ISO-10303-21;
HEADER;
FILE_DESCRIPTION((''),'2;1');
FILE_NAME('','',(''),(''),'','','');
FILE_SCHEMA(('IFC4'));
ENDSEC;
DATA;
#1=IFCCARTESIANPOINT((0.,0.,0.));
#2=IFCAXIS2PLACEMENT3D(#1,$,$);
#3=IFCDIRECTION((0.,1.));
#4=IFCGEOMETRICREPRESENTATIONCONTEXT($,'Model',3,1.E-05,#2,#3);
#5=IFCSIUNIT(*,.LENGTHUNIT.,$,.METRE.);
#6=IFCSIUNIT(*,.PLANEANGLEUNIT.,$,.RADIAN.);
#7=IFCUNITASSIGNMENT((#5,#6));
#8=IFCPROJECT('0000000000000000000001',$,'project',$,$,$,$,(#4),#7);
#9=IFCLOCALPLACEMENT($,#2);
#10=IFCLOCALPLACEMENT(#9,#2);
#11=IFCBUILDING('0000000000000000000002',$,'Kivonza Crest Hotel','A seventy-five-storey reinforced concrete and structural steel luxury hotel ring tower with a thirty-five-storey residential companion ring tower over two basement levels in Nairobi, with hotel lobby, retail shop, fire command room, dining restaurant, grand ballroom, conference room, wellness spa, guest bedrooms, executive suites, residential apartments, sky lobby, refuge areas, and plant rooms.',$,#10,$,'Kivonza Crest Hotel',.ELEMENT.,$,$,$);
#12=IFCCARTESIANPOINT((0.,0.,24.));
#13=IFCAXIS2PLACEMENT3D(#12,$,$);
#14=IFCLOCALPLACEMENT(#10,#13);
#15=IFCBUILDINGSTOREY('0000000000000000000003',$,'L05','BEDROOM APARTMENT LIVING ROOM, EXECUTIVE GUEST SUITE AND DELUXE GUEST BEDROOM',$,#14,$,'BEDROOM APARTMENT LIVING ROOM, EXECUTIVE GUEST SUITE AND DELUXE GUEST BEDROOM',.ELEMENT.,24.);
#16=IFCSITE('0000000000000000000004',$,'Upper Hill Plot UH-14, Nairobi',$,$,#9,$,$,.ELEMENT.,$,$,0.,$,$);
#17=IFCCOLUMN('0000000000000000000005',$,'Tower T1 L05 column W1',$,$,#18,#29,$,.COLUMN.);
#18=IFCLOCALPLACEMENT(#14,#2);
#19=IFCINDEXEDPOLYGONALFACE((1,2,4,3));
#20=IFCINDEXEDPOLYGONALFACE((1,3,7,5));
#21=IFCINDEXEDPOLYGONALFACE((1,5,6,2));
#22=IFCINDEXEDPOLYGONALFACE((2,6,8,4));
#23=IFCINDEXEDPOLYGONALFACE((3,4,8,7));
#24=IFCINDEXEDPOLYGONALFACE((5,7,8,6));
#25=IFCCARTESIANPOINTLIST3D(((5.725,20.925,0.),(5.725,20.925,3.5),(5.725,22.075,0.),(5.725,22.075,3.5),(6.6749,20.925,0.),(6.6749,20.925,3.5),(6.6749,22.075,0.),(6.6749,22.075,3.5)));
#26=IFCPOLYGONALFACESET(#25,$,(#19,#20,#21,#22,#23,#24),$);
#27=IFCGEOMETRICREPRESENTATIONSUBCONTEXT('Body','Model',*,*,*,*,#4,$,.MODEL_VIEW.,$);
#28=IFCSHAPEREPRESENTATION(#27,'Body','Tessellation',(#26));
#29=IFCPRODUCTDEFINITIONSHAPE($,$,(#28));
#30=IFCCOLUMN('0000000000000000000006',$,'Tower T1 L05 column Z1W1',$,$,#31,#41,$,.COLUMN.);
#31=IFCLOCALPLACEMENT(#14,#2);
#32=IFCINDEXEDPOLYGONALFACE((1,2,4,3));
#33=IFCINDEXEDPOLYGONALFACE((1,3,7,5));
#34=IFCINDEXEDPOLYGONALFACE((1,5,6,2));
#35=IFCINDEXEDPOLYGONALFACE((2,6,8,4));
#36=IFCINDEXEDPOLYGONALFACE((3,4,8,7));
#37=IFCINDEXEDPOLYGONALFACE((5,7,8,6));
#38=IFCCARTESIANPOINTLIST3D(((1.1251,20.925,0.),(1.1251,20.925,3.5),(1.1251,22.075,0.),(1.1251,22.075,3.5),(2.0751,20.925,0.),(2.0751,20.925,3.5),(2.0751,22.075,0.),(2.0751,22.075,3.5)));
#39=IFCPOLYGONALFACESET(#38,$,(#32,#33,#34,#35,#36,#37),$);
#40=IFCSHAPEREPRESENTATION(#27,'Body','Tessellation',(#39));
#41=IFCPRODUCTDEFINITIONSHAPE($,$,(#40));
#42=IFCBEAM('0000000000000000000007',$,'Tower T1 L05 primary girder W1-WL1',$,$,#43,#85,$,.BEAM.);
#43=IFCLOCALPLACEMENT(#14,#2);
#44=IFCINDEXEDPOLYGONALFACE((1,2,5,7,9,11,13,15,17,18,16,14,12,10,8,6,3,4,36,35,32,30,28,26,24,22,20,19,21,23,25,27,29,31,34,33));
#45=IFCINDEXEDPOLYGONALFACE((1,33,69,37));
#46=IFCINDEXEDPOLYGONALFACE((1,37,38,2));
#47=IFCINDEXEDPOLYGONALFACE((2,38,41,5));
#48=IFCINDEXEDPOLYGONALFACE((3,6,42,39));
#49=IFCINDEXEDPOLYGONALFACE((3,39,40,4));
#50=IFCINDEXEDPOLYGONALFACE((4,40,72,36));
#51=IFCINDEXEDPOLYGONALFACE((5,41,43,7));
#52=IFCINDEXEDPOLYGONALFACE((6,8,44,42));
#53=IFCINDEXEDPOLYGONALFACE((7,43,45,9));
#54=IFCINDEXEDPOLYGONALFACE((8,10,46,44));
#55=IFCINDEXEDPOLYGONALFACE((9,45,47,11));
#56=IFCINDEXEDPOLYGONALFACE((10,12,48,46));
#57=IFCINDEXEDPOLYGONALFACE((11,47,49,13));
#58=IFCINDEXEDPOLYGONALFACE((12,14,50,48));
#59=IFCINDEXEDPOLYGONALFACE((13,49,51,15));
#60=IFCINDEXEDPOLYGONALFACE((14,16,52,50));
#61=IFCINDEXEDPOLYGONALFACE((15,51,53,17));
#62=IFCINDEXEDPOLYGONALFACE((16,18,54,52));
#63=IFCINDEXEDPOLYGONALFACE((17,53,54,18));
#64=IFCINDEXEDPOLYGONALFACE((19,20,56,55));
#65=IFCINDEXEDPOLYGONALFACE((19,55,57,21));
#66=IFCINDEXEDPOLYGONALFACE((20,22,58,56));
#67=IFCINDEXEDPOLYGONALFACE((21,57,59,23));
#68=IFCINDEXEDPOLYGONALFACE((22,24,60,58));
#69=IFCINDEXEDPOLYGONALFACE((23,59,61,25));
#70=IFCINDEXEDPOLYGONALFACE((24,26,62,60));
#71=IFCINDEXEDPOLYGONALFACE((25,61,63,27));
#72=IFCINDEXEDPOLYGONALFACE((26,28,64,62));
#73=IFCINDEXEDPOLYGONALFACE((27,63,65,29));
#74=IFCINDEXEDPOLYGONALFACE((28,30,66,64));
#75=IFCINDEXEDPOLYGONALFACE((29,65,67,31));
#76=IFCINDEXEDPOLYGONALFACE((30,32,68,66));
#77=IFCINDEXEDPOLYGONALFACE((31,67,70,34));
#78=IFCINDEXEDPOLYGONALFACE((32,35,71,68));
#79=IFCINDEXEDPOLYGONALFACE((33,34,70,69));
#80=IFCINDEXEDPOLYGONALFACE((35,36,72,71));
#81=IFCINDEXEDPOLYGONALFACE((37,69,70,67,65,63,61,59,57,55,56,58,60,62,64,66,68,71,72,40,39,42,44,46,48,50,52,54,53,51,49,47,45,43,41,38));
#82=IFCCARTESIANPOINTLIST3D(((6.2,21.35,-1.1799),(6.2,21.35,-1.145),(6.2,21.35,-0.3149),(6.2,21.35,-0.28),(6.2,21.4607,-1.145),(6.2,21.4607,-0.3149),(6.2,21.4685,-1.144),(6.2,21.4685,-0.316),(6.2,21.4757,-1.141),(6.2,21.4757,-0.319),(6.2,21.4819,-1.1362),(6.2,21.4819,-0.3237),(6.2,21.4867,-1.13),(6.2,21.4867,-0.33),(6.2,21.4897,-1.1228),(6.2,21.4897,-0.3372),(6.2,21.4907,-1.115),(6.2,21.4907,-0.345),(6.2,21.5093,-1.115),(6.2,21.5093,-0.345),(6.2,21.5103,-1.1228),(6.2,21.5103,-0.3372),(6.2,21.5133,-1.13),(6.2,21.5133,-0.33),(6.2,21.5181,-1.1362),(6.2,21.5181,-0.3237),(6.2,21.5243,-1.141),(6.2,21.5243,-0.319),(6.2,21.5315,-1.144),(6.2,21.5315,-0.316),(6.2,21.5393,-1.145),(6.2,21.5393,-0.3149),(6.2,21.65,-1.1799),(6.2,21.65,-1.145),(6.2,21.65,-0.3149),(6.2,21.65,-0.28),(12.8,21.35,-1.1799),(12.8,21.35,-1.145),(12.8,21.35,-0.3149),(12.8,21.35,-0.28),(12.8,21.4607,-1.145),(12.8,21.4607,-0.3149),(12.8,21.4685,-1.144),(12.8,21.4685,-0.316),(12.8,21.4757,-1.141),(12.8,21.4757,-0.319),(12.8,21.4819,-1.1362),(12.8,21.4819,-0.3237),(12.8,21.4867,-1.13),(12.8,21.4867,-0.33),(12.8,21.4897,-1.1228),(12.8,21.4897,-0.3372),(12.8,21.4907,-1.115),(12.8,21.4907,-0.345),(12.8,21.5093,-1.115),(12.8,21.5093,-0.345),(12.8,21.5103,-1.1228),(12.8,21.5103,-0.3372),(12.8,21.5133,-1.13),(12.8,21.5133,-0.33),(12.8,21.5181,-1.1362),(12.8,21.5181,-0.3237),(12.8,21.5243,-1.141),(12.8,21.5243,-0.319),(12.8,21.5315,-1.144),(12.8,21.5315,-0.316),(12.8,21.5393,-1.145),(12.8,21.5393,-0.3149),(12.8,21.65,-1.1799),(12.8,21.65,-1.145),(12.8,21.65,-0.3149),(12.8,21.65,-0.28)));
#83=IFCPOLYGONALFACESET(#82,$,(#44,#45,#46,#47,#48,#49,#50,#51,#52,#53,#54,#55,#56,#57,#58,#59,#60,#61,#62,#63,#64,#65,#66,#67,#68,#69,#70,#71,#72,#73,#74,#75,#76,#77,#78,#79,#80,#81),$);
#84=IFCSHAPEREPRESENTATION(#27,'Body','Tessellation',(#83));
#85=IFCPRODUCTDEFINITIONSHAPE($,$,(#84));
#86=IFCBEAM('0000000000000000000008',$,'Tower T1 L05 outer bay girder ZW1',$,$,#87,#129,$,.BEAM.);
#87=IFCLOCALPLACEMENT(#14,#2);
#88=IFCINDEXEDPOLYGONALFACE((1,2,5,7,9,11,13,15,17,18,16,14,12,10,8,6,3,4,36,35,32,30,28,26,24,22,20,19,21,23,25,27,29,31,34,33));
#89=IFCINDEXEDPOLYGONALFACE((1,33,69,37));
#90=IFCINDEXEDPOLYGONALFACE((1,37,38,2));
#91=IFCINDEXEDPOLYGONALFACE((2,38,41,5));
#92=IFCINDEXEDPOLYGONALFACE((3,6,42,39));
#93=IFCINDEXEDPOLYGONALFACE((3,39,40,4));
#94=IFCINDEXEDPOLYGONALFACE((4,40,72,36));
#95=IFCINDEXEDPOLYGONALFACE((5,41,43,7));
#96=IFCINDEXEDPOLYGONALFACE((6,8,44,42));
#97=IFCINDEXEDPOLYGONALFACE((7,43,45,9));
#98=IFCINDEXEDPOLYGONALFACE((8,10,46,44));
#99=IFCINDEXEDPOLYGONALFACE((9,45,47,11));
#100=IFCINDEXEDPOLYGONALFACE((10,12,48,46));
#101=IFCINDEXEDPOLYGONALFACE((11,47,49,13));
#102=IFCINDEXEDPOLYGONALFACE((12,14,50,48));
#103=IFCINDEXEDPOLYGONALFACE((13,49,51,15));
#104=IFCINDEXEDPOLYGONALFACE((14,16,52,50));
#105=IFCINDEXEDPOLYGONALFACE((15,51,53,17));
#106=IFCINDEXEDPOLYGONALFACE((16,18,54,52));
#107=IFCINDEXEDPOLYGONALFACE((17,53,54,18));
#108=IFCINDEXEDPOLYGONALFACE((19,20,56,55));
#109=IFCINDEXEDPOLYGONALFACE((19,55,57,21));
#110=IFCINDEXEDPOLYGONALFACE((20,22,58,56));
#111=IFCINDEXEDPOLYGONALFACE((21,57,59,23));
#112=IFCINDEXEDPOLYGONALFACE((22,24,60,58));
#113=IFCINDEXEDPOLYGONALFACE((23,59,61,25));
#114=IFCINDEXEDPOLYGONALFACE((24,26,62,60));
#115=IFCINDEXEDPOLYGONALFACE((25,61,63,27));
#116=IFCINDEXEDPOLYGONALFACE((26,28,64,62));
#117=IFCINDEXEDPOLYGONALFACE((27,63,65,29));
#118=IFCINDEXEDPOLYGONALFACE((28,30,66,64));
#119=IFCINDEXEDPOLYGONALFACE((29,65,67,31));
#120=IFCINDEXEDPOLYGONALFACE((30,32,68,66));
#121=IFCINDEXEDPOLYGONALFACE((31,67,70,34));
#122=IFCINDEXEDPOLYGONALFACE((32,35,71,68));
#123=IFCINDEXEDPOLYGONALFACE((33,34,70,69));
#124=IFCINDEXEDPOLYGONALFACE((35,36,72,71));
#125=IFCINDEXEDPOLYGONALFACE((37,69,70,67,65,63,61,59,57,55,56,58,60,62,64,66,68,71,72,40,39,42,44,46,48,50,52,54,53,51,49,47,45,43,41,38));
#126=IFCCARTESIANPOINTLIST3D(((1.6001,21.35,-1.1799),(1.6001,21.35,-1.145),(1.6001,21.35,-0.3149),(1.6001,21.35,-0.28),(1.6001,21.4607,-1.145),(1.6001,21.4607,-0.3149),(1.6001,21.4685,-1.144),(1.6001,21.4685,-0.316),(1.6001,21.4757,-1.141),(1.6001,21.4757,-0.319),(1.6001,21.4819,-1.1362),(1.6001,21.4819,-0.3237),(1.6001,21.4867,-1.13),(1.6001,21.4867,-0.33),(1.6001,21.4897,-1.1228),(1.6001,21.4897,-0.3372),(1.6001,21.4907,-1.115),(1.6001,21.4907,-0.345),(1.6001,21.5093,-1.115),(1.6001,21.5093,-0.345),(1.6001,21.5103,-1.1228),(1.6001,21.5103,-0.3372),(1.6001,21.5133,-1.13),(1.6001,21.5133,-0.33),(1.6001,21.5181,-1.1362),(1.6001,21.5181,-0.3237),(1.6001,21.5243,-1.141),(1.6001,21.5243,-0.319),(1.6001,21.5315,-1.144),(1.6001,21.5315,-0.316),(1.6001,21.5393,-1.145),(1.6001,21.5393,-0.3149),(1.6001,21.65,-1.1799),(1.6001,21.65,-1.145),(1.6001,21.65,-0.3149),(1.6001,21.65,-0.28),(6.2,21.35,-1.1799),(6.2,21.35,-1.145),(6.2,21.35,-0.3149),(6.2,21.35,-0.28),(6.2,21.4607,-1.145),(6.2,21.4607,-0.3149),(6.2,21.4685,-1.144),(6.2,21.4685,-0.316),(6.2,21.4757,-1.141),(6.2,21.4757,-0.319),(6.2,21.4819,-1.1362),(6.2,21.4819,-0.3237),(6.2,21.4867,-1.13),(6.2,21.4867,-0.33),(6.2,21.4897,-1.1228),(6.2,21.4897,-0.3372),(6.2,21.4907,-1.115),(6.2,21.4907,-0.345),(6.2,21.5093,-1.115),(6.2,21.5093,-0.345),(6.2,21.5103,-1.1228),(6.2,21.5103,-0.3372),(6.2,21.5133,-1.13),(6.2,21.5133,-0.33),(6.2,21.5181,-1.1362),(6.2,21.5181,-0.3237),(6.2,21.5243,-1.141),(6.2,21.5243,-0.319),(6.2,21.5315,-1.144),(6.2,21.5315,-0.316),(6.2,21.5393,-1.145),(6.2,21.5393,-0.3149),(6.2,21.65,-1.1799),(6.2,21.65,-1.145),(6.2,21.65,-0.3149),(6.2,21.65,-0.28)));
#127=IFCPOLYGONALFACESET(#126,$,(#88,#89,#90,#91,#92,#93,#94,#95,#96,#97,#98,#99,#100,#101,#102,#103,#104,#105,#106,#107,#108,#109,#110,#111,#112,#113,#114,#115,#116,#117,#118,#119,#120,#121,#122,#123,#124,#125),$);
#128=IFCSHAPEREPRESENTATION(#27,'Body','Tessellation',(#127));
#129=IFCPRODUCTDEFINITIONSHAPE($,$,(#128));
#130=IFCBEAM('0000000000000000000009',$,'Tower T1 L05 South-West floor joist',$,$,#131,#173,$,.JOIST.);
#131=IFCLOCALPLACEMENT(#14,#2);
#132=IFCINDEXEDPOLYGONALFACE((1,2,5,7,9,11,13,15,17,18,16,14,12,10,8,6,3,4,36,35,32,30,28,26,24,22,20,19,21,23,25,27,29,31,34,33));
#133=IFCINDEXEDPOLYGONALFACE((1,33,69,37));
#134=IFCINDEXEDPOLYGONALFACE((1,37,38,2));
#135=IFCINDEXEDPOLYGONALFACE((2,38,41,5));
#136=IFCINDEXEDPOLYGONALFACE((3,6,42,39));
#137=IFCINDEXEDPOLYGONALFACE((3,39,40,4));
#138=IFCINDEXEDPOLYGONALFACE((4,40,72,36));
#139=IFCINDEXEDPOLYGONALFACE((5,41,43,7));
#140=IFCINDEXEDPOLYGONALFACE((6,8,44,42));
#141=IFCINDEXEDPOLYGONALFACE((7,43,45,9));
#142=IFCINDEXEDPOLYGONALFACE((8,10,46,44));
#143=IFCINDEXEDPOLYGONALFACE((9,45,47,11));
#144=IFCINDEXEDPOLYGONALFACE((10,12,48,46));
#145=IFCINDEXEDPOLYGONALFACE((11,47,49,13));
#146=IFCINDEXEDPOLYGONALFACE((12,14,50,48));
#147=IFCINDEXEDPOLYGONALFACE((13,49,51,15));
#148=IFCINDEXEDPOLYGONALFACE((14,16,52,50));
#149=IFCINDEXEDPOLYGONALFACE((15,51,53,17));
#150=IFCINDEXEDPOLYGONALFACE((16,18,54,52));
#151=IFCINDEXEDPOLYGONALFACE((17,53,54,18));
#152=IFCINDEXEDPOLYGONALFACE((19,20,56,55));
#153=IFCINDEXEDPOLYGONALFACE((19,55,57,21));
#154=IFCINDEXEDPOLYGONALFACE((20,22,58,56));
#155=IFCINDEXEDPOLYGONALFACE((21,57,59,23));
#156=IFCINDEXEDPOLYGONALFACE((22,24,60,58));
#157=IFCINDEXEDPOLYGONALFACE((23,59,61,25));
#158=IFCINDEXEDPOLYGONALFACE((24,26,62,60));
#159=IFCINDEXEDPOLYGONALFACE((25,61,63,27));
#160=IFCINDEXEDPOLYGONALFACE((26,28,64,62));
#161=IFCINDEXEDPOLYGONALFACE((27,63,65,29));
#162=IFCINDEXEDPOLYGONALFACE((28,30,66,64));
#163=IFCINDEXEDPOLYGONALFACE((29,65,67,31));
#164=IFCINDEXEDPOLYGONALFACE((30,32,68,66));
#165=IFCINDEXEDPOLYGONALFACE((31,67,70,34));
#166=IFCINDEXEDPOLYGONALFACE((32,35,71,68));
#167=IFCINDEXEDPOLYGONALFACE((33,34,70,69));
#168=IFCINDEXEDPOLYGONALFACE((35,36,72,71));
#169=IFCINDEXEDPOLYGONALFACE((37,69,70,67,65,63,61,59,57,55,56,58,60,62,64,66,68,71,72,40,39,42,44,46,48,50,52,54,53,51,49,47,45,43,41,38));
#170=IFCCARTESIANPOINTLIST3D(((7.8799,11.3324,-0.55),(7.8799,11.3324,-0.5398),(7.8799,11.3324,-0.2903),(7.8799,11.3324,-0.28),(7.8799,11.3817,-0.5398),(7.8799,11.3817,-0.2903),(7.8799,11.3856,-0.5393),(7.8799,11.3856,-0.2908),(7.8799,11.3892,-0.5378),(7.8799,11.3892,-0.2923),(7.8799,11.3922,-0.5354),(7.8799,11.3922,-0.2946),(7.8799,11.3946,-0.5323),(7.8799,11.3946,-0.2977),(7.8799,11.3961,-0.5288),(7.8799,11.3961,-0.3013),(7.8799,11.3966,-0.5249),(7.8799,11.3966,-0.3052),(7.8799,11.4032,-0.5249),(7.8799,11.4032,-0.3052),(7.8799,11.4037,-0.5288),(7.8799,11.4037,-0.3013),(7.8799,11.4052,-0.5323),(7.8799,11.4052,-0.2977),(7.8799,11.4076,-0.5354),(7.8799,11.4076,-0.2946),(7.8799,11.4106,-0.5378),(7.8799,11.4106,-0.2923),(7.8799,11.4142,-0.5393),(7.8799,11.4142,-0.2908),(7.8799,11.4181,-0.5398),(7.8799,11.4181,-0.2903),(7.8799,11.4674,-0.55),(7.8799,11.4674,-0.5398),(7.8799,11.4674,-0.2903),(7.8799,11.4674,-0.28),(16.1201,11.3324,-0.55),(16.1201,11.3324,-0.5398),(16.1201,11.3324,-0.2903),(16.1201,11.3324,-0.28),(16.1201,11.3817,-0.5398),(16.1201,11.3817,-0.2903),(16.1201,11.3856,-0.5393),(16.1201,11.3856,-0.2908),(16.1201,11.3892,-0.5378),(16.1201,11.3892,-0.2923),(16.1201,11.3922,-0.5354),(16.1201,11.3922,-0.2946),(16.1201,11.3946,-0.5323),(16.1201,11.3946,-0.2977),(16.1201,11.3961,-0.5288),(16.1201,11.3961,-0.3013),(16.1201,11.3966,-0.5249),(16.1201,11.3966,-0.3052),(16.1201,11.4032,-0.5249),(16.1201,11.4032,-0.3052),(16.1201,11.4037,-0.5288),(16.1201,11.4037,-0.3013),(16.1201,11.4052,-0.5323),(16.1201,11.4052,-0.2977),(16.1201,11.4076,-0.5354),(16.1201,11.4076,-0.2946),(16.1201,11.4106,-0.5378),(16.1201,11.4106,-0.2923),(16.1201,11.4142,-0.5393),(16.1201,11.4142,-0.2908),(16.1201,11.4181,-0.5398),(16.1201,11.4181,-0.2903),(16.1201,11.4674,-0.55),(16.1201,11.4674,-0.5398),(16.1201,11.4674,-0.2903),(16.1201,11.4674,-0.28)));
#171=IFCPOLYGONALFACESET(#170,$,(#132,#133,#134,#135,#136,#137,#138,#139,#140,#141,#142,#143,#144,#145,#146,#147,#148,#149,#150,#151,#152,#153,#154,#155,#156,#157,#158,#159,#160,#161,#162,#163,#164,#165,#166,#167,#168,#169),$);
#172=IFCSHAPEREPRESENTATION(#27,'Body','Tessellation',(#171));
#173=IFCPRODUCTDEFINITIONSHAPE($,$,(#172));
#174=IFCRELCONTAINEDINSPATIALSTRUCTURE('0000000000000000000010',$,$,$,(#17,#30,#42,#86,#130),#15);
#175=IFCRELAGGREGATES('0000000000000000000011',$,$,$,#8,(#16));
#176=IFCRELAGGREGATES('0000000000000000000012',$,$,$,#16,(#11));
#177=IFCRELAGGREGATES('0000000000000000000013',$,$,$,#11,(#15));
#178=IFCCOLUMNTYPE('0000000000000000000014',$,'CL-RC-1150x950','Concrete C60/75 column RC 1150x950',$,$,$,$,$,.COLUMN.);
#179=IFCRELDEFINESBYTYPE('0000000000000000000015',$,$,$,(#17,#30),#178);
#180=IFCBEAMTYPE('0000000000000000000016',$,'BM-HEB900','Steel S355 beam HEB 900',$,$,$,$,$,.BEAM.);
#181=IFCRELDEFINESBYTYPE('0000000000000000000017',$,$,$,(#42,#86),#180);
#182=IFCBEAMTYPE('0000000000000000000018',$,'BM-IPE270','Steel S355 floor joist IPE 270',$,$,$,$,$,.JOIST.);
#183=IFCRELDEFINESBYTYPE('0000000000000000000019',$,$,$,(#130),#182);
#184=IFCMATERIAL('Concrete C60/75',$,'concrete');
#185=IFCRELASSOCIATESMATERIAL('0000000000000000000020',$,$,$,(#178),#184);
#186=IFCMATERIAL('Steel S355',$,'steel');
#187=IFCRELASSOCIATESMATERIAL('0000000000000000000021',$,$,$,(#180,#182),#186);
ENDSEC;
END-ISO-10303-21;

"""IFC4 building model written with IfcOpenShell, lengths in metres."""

from ifc_helpers import new_model, si_unit, direction, frame, origin, origin_2d, place, context, subcontext, project, spatial, rectangle, i_section, extrude, material, material_profile, profile_set, type_object, element, save


model = new_model("IFC4")

# Units and contexts
model_context = context("Model", 3, precision=1e-05, world=origin(), true_north=direction((0.0, 1.0)))
body_context = subcontext(model_context, "Body", "Model", "MODEL_VIEW")
ifc_project = project(units=[si_unit("LENGTHUNIT", "METRE"), si_unit("PLANEANGLEUNIT", "RADIAN")], contexts=[model_context])

# Site, building, storey
site_placement = place(None, origin())
site = spatial("IfcSite", under=ifc_project, at=site_placement, Name="Upper Hill Plot UH-14, Nairobi", CompositionType="ELEMENT", RefElevation=0.0)
building_placement = place(site_placement, origin())
building = spatial("IfcBuilding", under=site, at=building_placement, Name="Kivonza Crest Hotel", Description="A seventy-five-storey reinforced concrete and structural steel luxury hotel ring tower with a thirty-five-storey residential companion ring tower over two basement levels in Nairobi, with hotel lobby, retail shop, fire command room, dining restaurant, grand ballroom, conference room, wellness spa, guest bedrooms, executive suites, residential apartments, sky lobby, refuge areas, and plant rooms.", LongName="Kivonza Crest Hotel", CompositionType="ELEMENT")
storey_placement = place(building_placement, frame((0.0, 0.0, 24.0)))
storey = spatial("IfcBuildingStorey", under=building, at=storey_placement, Name="L05", Description="BEDROOM APARTMENT LIVING ROOM, EXECUTIVE GUEST SUITE AND DELUXE GUEST BEDROOM", LongName="BEDROOM APARTMENT LIVING ROOM, EXECUTIVE GUEST SUITE AND DELUXE GUEST BEDROOM", CompositionType="ELEMENT", Elevation=24.0)

# Columns
ifc_material_1 = material(Name="Concrete C60/75", Category="concrete")
ifc_material_profile_1 = material_profile(ifc_material_1, rectangle(XDim=0.95, YDim=1.1499, at=origin_2d()), Name="RC 1150x950")
ifc_profile_set_1 = profile_set([ifc_material_profile_1], Name="Concrete C60/75")
column_type = type_object("IfcColumnType", Name="CL-RC-1150x950", Description="Concrete C60/75 column RC 1150x950", PredefinedType="COLUMN", material=ifc_profile_set_1)
for number, where, z_axis, x_axis, name in (
    (1, (6.2, 21.5, 0.0), (0.0, 0.0, 1.0), (1.0, 0.0, 0.0), "Tower T1 L05 column W1"),
    (2, (1.6001, 21.5, 0.0), (0.0, 0.0, 1.0), (1.0, 0.0, 0.0), "Tower T1 L05 column Z1W1"),
):
    element("IfcColumn", number, at=place(storey_placement, frame(where, z_axis=z_axis, x_axis=x_axis)), inside=storey, type_object=column_type, Name=name, PredefinedType="COLUMN", context=body_context, shape_type="SweptSolid", body=[
        extrude(rectangle(XDim=0.95, YDim=1.1499, at=origin_2d()), origin(), (0.0, 0.0, 1.0), 3.5),
    ])

# Beams
ifc_material_2 = material(Name="Steel S355", Category="steel")
ifc_material_profile_2 = material_profile(ifc_material_2, i_section(OverallWidth=0.3, OverallDepth=0.8999, WebThickness=0.0186, FlangeThickness=0.0349, FilletRadius=0.03, at=origin_2d()), Name="HEB 900")
ifc_profile_set_2 = profile_set([ifc_material_profile_2], Name="Steel S355")
beam_type_1 = type_object("IfcBeamType", Name="BM-HEB900", Description="Steel S355 beam HEB 900", PredefinedType="BEAM", material=ifc_profile_set_2)
beam_1_placement = place(storey_placement, frame((6.2, 21.5, -0.73), z_axis=(1.0, 0.0, 0.0), x_axis=(0.0, 1.0, 0.0)))
element("IfcBeam", 3, at=beam_1_placement, inside=storey, type_object=beam_type_1, Name="Tower T1 L05 primary girder W1-WL1", PredefinedType="BEAM", context=body_context, shape_type="SweptSolid", body=[
    extrude(i_section(OverallWidth=0.3, OverallDepth=0.8999, WebThickness=0.0186, FlangeThickness=0.0349, FilletRadius=0.03, at=origin_2d()), origin(), (0.0, 0.0, 1.0), 6.6001),
])
beam_2_placement = place(storey_placement, frame((1.6001, 21.5, -0.73), z_axis=(1.0, 0.0, 0.0), x_axis=(0.0, 1.0, 0.0)))
element("IfcBeam", 4, at=beam_2_placement, inside=storey, type_object=beam_type_1, Name="Tower T1 L05 outer bay girder ZW1", PredefinedType="BEAM", context=body_context, shape_type="SweptSolid", body=[
    extrude(i_section(OverallWidth=0.3, OverallDepth=0.8999, WebThickness=0.0186, FlangeThickness=0.0349, FilletRadius=0.03, at=origin_2d()), origin(), (0.0, 0.0, 1.0), 4.5999),
])
ifc_material_profile_3 = material_profile(ifc_material_2, i_section(OverallWidth=0.135, OverallDepth=0.27, WebThickness=0.0066, FlangeThickness=0.0103, FilletRadius=0.0149, at=origin_2d()), Name="IPE 270")
ifc_profile_set_3 = profile_set([ifc_material_profile_3], Name="Steel S355")
beam_type_2 = type_object("IfcBeamType", Name="BM-IPE270", Description="Steel S355 floor joist IPE 270", PredefinedType="JOIST", material=ifc_profile_set_3)
beam_3_placement = place(storey_placement, frame((7.8799, 11.3999, -0.415), z_axis=(1.0, 0.0, 0.0), x_axis=(0.0, 1.0, 0.0)))
element("IfcBeam", 5, at=beam_3_placement, inside=storey, type_object=beam_type_2, Name="Tower T1 L05 South-West floor joist", PredefinedType="JOIST", context=body_context, shape_type="SweptSolid", body=[
    extrude(i_section(OverallWidth=0.135, OverallDepth=0.27, WebThickness=0.0066, FlangeThickness=0.0103, FilletRadius=0.0149, at=origin_2d()), origin(), (0.0, 0.0, 1.0), 8.2402),
])

save(model, "model.ifc")
